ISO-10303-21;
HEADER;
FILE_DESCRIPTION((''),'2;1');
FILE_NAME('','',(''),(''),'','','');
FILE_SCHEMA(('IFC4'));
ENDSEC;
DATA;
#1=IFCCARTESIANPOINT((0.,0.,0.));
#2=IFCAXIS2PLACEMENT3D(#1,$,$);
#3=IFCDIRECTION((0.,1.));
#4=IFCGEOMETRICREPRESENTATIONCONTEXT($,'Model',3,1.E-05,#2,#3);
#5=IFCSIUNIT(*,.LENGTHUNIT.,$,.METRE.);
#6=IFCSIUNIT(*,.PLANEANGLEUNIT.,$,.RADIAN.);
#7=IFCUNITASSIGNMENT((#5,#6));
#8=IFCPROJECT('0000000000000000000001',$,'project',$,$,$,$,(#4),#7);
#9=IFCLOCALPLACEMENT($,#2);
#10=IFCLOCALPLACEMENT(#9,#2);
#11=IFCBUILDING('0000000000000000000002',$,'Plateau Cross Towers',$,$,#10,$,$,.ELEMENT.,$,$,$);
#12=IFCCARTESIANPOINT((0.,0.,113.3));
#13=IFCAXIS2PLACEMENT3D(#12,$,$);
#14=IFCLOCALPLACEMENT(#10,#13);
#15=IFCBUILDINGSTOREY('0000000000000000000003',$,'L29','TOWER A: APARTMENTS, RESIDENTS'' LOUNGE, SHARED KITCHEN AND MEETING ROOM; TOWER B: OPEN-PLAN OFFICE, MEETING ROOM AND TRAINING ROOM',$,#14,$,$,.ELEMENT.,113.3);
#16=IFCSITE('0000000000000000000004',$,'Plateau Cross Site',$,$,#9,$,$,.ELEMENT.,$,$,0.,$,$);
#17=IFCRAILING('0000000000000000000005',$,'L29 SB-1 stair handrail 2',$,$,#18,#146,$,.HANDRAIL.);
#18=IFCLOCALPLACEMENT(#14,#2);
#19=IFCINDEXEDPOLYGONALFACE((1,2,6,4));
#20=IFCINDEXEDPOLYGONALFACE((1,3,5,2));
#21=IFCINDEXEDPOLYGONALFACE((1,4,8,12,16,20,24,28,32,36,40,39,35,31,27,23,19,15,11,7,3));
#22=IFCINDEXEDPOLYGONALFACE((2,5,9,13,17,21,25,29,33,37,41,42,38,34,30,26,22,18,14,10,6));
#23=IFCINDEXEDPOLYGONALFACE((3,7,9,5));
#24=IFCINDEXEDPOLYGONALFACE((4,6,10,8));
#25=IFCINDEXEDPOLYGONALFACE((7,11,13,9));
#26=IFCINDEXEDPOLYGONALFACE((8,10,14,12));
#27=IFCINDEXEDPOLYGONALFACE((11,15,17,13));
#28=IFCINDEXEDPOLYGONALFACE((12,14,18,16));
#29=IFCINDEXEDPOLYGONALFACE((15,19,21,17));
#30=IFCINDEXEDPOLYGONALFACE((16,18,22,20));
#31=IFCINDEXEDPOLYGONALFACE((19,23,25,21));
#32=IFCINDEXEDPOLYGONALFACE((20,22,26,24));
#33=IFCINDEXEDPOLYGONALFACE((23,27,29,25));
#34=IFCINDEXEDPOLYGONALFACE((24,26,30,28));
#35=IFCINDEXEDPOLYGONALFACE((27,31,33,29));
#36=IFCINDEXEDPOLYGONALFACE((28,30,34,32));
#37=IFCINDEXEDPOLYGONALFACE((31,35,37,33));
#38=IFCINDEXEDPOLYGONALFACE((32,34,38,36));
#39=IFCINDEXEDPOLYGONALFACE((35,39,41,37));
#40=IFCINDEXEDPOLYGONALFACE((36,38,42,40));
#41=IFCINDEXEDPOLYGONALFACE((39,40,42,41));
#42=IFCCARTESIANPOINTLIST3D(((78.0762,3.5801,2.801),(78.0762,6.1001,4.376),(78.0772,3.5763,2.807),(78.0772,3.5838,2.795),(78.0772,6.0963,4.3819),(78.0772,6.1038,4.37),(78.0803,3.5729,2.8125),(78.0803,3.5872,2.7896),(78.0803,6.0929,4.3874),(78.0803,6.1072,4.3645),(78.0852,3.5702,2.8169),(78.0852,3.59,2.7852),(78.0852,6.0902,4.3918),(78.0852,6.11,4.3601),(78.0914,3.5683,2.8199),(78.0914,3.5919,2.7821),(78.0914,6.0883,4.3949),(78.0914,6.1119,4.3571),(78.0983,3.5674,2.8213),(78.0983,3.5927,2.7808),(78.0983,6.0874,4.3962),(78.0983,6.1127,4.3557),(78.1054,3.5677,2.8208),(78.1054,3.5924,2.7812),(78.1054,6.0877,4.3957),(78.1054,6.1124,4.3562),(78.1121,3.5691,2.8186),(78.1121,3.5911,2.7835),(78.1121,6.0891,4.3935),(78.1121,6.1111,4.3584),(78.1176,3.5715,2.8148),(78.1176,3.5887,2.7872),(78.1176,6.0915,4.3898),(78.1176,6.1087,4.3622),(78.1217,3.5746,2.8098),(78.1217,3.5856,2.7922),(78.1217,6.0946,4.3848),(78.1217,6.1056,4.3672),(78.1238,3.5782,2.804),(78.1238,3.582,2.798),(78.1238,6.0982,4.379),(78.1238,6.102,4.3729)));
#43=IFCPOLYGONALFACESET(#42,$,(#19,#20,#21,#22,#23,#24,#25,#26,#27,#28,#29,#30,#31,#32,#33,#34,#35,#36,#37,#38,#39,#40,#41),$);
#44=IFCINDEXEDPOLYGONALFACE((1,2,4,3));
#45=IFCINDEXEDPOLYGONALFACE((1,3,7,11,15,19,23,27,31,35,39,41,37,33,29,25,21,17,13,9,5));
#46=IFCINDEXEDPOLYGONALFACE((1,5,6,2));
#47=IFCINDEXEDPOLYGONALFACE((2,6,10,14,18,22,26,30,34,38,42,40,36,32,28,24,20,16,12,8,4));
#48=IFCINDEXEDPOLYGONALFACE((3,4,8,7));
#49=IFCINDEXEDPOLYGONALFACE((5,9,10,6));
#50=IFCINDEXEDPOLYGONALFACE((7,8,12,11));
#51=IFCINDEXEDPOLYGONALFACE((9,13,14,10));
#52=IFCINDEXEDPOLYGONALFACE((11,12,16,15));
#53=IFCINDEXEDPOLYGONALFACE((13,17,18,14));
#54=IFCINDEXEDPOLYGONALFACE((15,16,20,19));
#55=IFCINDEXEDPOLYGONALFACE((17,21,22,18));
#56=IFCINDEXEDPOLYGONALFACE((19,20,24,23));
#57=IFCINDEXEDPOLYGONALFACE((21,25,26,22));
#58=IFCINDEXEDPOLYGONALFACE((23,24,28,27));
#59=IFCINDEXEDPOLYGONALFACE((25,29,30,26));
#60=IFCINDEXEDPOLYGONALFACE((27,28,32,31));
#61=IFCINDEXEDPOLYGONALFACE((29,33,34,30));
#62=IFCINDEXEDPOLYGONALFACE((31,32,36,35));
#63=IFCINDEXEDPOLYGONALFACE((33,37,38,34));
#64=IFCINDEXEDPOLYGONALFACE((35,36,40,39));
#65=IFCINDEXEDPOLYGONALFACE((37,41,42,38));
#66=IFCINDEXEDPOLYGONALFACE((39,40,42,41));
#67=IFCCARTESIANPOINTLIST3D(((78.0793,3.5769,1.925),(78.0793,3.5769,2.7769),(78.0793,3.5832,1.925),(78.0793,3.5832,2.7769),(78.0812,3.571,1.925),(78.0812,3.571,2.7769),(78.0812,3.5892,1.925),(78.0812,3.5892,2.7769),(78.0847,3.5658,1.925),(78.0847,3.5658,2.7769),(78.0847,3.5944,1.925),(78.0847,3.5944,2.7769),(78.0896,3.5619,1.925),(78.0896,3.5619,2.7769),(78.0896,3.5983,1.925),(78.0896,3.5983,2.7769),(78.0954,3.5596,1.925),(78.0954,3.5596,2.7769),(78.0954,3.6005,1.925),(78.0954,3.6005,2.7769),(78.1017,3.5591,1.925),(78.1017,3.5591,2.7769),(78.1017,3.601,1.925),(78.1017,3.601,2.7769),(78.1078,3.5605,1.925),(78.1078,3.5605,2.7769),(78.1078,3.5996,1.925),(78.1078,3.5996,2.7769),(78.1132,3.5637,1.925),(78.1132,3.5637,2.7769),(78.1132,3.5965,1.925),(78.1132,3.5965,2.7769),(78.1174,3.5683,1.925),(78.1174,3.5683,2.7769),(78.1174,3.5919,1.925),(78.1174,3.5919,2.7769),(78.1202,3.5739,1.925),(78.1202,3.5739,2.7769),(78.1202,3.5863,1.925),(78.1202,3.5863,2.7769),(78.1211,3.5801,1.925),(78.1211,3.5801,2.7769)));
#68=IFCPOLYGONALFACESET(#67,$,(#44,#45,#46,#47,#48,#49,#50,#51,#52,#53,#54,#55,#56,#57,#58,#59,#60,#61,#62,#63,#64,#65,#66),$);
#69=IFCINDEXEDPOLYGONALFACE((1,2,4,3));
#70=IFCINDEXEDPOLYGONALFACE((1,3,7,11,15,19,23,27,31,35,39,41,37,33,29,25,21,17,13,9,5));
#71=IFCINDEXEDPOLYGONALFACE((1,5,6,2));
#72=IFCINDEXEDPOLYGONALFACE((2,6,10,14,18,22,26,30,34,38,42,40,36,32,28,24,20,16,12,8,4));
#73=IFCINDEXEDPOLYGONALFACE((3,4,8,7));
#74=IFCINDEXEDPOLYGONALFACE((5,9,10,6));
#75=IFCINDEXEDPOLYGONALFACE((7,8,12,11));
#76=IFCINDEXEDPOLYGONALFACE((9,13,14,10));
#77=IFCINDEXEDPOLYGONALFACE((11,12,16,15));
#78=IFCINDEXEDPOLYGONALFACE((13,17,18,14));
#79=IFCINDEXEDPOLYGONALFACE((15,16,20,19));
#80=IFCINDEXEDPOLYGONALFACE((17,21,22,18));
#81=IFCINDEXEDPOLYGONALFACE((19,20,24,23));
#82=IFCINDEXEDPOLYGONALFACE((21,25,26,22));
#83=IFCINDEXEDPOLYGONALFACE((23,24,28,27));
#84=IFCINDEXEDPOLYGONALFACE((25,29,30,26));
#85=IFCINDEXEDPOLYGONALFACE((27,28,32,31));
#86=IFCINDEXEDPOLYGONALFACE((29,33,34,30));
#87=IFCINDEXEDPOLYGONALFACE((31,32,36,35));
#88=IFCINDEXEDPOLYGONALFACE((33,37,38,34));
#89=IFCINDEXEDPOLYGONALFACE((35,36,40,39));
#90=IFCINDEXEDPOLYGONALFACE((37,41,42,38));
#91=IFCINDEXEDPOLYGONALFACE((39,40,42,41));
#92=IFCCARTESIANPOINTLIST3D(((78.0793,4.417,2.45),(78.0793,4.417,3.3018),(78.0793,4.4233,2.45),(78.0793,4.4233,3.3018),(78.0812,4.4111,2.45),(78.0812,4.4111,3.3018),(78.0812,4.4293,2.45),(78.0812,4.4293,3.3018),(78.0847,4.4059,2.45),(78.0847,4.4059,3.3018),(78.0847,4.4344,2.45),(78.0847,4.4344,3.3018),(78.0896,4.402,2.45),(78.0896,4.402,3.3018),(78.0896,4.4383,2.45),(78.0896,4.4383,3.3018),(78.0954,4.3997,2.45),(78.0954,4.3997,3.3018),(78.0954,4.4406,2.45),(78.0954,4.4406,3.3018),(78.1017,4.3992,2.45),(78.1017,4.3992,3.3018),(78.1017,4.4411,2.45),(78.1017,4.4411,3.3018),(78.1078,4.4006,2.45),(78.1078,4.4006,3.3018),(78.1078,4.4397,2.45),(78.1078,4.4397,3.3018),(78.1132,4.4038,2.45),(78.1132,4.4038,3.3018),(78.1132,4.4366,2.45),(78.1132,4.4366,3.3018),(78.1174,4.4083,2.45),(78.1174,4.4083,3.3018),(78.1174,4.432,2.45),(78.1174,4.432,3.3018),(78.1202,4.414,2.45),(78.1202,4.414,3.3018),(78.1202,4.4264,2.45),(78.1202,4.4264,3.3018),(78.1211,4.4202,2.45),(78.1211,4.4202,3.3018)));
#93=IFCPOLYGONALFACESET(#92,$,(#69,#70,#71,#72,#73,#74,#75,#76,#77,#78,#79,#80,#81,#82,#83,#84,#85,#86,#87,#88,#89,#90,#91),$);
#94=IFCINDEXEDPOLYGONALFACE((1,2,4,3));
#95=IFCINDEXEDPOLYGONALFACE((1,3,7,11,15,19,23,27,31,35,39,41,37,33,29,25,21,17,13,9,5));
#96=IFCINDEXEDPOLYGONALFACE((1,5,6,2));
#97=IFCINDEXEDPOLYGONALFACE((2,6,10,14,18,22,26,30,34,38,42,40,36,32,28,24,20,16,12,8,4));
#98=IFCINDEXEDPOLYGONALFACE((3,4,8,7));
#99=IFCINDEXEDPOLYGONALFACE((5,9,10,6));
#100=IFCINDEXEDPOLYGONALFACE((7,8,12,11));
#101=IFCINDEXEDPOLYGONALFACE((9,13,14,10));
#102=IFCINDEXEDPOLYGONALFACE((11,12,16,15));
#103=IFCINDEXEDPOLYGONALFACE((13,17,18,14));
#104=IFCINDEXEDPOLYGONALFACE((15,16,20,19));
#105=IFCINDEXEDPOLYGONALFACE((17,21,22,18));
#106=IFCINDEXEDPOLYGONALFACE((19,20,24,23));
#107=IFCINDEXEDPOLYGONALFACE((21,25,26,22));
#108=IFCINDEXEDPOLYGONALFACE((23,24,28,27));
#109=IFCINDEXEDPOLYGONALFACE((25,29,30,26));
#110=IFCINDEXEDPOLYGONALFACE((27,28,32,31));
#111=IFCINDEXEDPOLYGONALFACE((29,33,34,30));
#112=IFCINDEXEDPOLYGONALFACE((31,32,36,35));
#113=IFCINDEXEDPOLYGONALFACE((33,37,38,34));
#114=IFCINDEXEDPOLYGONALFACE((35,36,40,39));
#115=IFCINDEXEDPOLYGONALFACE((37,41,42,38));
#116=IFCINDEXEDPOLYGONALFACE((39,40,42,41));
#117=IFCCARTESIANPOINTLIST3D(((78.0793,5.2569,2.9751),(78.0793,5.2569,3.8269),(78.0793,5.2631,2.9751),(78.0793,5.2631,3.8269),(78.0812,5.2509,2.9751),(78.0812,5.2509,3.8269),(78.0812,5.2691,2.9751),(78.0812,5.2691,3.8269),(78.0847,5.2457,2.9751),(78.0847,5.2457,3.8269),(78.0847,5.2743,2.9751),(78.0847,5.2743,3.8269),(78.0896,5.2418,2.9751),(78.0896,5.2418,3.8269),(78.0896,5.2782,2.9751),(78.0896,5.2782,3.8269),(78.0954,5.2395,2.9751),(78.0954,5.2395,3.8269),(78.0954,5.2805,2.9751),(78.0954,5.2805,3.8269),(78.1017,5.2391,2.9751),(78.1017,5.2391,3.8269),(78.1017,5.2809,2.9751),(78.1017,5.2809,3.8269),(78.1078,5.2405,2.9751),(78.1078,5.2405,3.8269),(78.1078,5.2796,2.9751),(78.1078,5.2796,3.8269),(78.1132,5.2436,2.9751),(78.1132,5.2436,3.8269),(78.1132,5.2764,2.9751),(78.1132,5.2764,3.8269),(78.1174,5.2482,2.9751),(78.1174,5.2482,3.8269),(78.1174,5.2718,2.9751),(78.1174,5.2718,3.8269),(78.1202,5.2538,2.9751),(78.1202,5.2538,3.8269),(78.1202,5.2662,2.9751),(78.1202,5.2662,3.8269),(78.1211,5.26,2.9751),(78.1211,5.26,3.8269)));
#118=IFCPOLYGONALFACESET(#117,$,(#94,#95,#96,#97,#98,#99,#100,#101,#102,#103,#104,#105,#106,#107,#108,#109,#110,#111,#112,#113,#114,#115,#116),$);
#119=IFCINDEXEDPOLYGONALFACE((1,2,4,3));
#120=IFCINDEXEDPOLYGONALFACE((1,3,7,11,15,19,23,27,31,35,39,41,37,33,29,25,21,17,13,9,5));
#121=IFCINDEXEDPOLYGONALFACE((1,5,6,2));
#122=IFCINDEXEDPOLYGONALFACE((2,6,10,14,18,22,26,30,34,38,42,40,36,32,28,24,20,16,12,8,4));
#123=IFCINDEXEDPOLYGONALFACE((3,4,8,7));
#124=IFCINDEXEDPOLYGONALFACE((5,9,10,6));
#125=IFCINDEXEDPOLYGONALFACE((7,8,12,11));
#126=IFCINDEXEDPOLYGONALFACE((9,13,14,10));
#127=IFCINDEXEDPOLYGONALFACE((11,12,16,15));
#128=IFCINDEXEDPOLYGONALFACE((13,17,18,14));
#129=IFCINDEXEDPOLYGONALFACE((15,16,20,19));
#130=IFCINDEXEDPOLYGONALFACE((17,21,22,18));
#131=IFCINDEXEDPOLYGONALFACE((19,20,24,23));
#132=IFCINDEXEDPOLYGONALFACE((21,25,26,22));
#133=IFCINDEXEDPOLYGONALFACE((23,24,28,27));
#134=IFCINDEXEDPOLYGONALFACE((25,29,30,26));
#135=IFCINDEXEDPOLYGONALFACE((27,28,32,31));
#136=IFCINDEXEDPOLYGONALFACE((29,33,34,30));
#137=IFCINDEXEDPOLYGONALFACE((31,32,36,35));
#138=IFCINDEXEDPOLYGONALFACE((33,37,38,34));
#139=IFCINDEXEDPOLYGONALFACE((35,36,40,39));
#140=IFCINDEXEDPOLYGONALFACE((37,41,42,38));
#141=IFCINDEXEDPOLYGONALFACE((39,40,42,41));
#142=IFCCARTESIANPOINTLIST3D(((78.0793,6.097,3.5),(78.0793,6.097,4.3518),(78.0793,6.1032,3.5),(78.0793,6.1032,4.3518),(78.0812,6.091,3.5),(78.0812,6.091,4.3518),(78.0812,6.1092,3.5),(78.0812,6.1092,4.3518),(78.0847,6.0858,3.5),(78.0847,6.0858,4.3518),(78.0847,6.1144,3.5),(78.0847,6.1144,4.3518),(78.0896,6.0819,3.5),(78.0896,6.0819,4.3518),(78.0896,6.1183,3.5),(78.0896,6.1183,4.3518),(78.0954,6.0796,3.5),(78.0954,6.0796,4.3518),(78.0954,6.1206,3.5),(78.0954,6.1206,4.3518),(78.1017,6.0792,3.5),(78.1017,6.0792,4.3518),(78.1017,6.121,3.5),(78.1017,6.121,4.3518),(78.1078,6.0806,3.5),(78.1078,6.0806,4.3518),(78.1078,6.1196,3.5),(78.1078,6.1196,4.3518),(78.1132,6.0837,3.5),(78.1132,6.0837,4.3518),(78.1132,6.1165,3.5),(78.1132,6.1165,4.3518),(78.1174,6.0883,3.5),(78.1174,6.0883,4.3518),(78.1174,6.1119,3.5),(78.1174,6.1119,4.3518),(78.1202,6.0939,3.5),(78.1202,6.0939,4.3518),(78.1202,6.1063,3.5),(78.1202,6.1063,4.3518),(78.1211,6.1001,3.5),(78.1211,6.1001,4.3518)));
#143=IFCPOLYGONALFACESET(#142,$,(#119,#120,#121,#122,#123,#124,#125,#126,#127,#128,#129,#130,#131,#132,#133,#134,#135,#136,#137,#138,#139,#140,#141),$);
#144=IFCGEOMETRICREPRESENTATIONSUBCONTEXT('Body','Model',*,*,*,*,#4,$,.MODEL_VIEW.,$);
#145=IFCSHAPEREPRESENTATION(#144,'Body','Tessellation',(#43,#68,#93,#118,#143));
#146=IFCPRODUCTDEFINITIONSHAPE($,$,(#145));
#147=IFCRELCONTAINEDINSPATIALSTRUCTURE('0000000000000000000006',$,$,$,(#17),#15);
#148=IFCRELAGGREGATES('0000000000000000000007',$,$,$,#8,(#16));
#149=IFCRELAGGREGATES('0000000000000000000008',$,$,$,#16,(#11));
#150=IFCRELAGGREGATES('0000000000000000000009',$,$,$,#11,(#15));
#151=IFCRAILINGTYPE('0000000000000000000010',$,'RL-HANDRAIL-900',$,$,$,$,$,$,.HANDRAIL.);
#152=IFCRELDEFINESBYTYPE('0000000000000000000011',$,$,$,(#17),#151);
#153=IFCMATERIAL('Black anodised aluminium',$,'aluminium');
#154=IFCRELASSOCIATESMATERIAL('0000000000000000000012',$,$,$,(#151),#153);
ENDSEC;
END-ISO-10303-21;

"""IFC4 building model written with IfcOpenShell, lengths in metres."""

from ifc_helpers import new_model, si_unit, direction, frame, origin, origin_2d, place, context, subcontext, project, spatial, circle, extrude, material, type_object, element, save


model = new_model("IFC4")

# Units and contexts
model_context = context("Model", 3, precision=1e-05, world=origin(), true_north=direction((0.0, 1.0)))
body_context = subcontext(model_context, "Body", "Model", "MODEL_VIEW")
ifc_project = project(units=[si_unit("LENGTHUNIT", "METRE"), si_unit("PLANEANGLEUNIT", "RADIAN")], contexts=[model_context])

# Site, building, storey
site_placement = place(None, origin())
site = spatial("IfcSite", under=ifc_project, at=site_placement, Name="Plateau Cross Site", CompositionType="ELEMENT", RefElevation=0.0)
building_placement = place(site_placement, origin())
building = spatial("IfcBuilding", under=site, at=building_placement, Name="Plateau Cross Towers", CompositionType="ELEMENT")
storey_placement = place(building_placement, frame((0.0, 0.0, 113.3)))
storey = spatial("IfcBuildingStorey", under=building, at=storey_placement, Name="L29", Description="TOWER A: APARTMENTS, RESIDENTS' LOUNGE, SHARED KITCHEN AND MEETING ROOM; TOWER B: OPEN-PLAN OFFICE, MEETING ROOM AND TRAINING ROOM", CompositionType="ELEMENT", Elevation=113.3)

# Railing
ifc_material_1 = material(Name="Black anodised aluminium", Category="aluminium")
railing_type_1 = type_object("IfcRailingType", Name="RL-HANDRAIL-900", PredefinedType="HANDRAIL", material=ifc_material_1)
railing_1_placement = place(storey_placement, frame((78.1001, 3.5801, 1.925)))
element("IfcRailing", 1, at=railing_1_placement, inside=storey, type_object=railing_type_1, Name="L29 SB-1 stair handrail 2", PredefinedType="HANDRAIL", context=body_context, shape_type="SweptSolid", body=[
    extrude(circle(Radius=0.0239, at=origin_2d()), frame((0.0, 0.0, 0.876), z_axis=(0.0, 0.848008, 0.529984), x_axis=(-1.0, 0.0, 0.0)), (0.0, 0.0, 1.0), 2.9717),
    extrude(circle(Radius=0.021, at=origin_2d()), origin(), (0.0, 0.0, 1.0), 0.8518),
    extrude(circle(Radius=0.021, at=origin_2d()), frame((0.0, 0.8401, 0.5249)), (0.0, 0.0, 1.0), 0.8518),
    extrude(circle(Radius=0.021, at=origin_2d()), frame((0.0, 1.6799, 1.05)), (0.0, 0.0, 1.0), 0.8518),
    extrude(circle(Radius=0.021, at=origin_2d()), frame((0.0, 2.52, 1.575)), (0.0, 0.0, 1.0), 0.8518),
])

save(model, "model.ifc")
